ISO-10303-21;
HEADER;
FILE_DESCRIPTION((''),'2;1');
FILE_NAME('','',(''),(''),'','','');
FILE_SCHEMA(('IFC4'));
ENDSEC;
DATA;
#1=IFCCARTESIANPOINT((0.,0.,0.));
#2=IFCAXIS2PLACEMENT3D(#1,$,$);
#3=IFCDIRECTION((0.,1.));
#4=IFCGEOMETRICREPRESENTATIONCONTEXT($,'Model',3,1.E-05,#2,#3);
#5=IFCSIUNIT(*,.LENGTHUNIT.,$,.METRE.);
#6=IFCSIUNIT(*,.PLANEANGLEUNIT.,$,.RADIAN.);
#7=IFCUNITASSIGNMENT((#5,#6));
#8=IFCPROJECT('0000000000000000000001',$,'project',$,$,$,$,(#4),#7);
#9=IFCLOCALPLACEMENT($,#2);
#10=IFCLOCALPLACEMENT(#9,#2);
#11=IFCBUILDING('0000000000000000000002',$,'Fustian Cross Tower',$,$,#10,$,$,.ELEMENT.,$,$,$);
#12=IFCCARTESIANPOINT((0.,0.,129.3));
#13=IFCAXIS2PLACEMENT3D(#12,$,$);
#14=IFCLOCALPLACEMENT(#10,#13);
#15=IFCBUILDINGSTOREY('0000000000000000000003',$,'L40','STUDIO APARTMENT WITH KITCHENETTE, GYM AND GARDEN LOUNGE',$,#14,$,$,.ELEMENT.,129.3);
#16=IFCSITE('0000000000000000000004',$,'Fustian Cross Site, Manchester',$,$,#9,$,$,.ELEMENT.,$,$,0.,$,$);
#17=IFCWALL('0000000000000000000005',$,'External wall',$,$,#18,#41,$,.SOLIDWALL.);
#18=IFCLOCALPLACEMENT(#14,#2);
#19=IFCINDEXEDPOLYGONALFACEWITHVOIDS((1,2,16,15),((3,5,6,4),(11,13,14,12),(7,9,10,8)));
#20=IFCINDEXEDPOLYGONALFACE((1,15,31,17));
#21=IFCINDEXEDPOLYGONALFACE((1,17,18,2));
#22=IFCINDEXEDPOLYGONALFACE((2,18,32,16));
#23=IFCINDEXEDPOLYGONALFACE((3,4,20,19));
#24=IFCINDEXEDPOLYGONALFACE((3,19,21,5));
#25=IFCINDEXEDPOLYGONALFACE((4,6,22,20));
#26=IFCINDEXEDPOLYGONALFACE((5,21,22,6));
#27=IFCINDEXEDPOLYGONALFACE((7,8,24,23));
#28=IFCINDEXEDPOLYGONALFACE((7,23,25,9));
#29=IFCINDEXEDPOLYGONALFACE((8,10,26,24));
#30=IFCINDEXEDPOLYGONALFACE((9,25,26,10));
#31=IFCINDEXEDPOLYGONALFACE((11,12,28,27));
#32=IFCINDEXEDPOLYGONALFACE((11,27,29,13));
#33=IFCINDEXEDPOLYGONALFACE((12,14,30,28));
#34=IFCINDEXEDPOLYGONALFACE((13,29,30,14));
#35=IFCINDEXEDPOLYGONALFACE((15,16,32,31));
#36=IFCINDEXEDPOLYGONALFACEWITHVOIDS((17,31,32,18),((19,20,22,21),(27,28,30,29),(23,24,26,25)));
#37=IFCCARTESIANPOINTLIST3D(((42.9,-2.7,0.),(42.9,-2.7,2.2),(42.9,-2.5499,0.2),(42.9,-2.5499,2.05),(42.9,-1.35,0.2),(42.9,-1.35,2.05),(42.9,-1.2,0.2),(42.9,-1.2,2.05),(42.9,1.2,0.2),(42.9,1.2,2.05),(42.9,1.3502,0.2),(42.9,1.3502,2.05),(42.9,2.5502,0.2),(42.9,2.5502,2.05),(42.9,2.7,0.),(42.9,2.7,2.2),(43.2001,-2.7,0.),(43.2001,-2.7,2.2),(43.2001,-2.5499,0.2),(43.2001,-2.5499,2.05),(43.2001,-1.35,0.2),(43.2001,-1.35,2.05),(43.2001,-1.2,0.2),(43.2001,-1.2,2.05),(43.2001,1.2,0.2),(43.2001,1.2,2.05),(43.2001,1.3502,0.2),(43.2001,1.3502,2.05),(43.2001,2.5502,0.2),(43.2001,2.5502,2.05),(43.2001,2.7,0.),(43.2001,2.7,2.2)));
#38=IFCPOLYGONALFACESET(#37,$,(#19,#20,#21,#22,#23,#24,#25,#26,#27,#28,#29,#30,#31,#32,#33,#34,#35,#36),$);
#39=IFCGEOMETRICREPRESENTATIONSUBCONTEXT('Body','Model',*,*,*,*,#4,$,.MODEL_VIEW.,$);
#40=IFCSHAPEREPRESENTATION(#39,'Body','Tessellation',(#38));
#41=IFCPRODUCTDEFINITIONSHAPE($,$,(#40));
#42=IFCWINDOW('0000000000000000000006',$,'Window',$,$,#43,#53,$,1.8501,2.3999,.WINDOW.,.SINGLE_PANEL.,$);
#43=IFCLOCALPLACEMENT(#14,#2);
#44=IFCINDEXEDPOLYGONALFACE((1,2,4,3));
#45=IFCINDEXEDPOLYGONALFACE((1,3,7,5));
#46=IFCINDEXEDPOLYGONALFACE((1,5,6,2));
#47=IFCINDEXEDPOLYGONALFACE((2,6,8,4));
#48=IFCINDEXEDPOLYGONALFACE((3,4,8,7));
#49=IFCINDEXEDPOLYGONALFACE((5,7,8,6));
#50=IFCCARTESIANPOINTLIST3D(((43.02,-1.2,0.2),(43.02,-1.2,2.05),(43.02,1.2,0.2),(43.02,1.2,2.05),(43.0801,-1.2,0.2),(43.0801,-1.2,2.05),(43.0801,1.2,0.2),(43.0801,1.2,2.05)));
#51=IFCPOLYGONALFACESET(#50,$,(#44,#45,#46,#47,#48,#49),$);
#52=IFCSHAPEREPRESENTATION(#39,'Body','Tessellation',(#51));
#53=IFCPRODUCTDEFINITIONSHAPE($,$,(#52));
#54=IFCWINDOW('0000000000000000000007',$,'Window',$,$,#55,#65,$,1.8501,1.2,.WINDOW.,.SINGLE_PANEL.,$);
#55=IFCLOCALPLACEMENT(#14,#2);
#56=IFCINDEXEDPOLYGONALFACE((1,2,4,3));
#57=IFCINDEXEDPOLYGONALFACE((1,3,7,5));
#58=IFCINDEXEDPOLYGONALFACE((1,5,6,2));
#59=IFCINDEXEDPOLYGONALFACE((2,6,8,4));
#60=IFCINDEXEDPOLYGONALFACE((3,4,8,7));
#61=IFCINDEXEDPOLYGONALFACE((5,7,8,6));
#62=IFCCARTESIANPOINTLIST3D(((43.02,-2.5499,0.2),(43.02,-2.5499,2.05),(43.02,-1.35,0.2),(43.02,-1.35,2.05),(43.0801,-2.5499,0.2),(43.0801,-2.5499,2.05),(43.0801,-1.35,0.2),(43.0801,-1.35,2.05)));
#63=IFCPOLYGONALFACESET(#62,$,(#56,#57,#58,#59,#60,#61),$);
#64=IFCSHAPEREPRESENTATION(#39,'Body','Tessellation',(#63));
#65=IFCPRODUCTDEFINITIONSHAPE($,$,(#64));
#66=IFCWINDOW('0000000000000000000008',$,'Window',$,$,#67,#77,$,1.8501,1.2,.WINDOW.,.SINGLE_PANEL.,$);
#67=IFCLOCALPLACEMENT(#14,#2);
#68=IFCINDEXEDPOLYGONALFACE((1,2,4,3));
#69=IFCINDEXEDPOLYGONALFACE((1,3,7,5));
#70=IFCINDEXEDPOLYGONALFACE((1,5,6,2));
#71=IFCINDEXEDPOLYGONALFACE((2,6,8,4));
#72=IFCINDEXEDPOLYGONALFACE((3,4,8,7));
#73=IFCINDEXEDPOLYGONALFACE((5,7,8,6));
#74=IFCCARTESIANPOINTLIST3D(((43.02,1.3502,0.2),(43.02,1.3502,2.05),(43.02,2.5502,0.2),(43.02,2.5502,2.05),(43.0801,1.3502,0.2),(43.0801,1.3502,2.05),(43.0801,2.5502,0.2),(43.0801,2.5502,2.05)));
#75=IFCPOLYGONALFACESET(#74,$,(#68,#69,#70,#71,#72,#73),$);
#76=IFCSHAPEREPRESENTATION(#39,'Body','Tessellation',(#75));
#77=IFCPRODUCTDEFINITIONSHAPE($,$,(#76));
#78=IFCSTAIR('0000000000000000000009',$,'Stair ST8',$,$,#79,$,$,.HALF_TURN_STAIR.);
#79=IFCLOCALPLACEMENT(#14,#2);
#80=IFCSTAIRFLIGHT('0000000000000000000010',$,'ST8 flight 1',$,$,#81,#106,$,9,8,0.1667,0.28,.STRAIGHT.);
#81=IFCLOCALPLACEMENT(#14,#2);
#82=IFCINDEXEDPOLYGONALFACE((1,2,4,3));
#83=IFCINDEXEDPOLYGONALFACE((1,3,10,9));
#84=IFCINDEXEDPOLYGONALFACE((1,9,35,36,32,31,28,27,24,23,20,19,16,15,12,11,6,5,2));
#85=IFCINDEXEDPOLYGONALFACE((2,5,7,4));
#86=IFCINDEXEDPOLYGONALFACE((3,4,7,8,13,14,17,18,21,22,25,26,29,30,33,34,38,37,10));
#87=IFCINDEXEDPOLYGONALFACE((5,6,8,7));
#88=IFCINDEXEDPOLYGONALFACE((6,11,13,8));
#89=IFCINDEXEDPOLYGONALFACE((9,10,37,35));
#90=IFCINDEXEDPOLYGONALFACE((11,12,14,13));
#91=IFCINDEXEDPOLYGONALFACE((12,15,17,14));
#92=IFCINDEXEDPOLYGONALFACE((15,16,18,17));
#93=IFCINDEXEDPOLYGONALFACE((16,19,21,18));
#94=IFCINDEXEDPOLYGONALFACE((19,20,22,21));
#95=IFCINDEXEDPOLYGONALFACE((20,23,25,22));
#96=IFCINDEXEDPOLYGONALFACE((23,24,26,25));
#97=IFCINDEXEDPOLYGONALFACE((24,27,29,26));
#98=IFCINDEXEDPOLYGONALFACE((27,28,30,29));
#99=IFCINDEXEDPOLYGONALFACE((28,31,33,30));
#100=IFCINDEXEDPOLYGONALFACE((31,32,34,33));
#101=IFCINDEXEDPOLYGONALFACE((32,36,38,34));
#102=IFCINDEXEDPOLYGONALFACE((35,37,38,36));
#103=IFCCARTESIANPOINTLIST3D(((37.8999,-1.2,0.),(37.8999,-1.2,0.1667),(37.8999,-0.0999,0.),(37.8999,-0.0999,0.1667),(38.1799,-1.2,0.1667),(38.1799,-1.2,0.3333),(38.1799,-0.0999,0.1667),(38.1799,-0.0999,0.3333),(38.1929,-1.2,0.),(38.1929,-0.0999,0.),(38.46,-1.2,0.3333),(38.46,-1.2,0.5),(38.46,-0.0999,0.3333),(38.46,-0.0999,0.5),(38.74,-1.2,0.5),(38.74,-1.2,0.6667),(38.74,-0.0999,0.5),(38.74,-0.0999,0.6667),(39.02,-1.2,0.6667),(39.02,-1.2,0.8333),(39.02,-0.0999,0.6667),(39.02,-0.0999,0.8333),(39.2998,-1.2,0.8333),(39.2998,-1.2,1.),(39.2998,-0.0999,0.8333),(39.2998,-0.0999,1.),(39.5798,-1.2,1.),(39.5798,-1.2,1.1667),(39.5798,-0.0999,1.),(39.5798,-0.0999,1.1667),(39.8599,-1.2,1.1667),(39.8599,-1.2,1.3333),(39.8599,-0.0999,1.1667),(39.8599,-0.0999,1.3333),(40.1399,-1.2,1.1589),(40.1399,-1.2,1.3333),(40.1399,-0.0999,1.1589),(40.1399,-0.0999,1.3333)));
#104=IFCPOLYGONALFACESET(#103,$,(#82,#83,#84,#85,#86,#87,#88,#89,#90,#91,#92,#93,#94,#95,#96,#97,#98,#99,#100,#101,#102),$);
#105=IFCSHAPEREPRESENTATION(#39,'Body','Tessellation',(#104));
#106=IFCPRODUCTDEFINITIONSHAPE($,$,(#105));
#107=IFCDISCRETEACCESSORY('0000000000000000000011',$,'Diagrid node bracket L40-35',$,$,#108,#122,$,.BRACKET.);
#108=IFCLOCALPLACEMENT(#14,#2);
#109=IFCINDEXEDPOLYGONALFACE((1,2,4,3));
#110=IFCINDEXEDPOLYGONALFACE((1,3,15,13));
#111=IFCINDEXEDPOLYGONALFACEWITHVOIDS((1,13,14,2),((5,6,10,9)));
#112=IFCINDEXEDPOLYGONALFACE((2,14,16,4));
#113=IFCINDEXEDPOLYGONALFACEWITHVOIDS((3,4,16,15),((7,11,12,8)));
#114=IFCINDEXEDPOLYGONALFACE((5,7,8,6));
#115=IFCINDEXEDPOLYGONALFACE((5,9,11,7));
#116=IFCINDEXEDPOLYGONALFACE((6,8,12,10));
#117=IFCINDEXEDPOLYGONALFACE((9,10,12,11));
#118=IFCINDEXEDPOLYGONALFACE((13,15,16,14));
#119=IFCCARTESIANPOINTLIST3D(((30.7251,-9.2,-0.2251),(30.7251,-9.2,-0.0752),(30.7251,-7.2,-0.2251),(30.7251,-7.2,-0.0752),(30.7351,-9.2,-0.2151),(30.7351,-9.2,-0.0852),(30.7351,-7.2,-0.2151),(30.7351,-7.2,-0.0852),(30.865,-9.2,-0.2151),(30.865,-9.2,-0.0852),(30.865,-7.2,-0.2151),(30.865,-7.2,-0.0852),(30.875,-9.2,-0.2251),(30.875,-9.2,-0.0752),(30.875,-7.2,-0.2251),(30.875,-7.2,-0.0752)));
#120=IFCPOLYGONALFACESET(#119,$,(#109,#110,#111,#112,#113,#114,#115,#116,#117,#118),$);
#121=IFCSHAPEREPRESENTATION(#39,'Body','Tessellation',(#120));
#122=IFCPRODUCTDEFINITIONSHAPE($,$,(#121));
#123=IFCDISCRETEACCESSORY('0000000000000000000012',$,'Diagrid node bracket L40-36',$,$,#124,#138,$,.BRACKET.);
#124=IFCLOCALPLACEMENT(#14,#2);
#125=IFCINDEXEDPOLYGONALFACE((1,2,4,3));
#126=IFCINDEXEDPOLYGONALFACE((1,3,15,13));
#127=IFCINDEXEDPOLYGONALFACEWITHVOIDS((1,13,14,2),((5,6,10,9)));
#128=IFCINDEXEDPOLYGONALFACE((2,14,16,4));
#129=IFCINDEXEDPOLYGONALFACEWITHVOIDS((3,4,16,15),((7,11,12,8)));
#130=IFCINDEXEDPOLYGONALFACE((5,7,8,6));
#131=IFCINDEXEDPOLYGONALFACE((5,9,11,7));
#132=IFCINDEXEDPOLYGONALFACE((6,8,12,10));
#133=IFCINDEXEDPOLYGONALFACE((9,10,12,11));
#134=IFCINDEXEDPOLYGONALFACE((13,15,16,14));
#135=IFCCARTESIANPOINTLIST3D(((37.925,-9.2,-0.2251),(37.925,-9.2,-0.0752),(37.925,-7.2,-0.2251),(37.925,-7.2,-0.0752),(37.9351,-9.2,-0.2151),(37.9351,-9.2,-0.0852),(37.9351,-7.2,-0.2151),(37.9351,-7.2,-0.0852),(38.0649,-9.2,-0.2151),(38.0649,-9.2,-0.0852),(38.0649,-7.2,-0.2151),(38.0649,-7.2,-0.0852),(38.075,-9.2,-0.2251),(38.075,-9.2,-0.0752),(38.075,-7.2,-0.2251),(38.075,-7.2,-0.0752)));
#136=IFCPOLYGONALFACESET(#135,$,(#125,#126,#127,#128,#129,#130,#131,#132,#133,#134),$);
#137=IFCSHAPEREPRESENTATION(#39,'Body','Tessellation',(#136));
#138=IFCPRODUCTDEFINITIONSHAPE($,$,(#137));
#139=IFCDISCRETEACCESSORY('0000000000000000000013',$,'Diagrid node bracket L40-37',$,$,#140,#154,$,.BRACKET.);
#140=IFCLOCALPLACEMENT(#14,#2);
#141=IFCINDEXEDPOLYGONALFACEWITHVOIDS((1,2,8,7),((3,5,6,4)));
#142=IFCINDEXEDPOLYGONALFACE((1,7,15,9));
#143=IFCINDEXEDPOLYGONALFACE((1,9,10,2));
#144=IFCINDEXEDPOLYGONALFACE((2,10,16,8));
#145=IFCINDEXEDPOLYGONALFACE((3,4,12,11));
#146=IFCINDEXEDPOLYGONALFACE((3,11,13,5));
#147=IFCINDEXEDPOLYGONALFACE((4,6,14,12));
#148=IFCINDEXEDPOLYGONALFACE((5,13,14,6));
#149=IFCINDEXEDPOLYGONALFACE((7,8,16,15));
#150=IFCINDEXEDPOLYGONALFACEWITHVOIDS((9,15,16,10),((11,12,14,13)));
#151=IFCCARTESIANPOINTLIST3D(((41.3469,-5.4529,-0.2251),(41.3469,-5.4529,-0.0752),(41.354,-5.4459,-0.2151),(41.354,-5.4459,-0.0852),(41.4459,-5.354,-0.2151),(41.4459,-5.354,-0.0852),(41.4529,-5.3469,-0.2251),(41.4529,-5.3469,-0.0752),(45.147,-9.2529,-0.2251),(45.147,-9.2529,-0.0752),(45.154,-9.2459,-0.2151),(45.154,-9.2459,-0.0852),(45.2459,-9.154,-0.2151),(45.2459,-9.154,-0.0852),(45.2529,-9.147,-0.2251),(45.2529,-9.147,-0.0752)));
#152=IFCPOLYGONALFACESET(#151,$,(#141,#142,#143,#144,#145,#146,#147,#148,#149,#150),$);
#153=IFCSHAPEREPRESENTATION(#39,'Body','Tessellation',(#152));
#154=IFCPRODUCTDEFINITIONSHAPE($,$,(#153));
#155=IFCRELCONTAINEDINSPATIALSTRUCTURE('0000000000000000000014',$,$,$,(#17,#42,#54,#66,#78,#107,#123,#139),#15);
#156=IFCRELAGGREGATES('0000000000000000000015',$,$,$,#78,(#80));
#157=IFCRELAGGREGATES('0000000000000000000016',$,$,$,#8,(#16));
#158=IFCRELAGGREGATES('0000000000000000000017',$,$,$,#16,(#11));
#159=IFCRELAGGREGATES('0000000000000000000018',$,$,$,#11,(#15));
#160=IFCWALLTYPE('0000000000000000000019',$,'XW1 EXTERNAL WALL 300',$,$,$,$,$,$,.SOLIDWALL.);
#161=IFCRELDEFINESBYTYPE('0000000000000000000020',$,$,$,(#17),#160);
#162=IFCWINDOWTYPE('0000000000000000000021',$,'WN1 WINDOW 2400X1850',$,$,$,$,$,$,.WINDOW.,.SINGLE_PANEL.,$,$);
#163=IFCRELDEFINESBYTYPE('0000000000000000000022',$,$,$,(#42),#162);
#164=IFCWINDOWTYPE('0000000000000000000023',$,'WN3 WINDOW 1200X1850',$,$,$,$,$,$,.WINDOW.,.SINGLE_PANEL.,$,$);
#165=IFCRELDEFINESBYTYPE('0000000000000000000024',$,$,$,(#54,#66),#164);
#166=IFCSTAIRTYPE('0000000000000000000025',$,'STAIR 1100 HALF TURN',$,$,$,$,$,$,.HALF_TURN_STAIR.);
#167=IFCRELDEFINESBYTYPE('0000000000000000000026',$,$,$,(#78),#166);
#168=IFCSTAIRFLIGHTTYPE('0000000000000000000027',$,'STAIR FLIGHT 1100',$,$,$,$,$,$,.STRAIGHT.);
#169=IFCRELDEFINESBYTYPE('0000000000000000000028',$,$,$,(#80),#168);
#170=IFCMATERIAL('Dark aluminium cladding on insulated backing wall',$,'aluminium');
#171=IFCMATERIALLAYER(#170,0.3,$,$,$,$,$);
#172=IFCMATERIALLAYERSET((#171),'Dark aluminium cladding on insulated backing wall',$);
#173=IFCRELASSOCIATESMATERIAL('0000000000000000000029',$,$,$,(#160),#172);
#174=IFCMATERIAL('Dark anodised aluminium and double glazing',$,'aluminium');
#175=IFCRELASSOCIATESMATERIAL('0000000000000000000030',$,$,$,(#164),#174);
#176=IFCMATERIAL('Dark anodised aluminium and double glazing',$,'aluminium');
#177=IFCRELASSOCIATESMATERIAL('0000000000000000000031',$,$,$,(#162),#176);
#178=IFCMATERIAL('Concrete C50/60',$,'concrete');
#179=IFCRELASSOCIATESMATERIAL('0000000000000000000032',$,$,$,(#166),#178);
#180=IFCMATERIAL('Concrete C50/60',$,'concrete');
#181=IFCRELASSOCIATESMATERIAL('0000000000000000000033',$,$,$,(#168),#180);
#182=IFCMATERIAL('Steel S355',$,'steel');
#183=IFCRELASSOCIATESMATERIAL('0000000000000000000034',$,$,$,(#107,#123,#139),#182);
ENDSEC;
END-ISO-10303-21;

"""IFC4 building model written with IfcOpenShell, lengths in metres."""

from ifc_helpers import new_model, si_unit, direction, frame, frame_2d, origin, origin_2d, place, context, subcontext, project, spatial, polyline, rectangle, hollow_rectangle, outline, extrude, material, layer, layer_set, type_object, element, fill, aggregate, save


model = new_model("IFC4")

# Units and contexts
model_context = context("Model", 3, precision=1e-05, world=origin(), true_north=direction((0.0, 1.0)))
body_context = subcontext(model_context, "Body", "Model", "MODEL_VIEW")
ifc_project = project(units=[si_unit("LENGTHUNIT", "METRE"), si_unit("PLANEANGLEUNIT", "RADIAN")], contexts=[model_context])

# Site, building, storey
site_placement = place(None, origin())
site = spatial("IfcSite", under=ifc_project, at=site_placement, Name="Fustian Cross Site, Manchester", CompositionType="ELEMENT", RefElevation=0.0)
building_placement = place(site_placement, origin())
building = spatial("IfcBuilding", under=site, at=building_placement, Name="Fustian Cross Tower", CompositionType="ELEMENT")
storey_placement = place(building_placement, frame((0.0, 0.0, 129.3)))
storey = spatial("IfcBuildingStorey", under=building, at=storey_placement, Name="L40", Description="STUDIO APARTMENT WITH KITCHENETTE, GYM AND GARDEN LOUNGE", CompositionType="ELEMENT", Elevation=129.3)

# Shared definitions
ifc_material_1 = material(Name="Dark aluminium cladding on insulated backing wall", Category="aluminium")
ifc_layer_1 = layer(ifc_material_1, 0.3)
ifc_layer_set_1 = layer_set([ifc_layer_1], Name="Dark aluminium cladding on insulated backing wall")
wall_type_1 = type_object("IfcWallType", Name="XW1 EXTERNAL WALL 300", PredefinedType="SOLIDWALL", material=ifc_layer_set_1)
ifc_material_2 = material(Name="Dark anodised aluminium and double glazing", Category="aluminium")
window_type_1 = type_object("IfcWindowType", Name="WN3 WINDOW 1200X1850", PartitioningType="SINGLE_PANEL", PredefinedType="WINDOW", material=ifc_material_2)

# Wall, openings, windows
wall_1_placement = place(storey_placement, frame((43.05, -2.7, 0.0), z_axis=(0.0, 0.0, 1.0), x_axis=(0.0, 1.0, 0.0)))
wall_1 = element("IfcWall", 1, at=wall_1_placement, inside=storey, type_object=wall_type_1, Name="External wall", PredefinedType="SOLIDWALL", context=body_context, shape_type="SweptSolid", body=[
    extrude(rectangle(XDim=5.3999, YDim=0.3, at=frame_2d((2.7, 0.0))), origin(), (0.0, 0.0, 1.0), 2.2),
])
opening_1_placement = place(wall_1_placement, frame((1.5, 0.0, 0.2)))
opening_1 = element("IfcOpeningElement", 2, at=opening_1_placement, cuts=wall_1, PredefinedType="OPENING", context=body_context, shape_type="SweptSolid", body=[
    extrude(rectangle(XDim=2.3999, YDim=1.8501, at=frame_2d((1.2, 0.925))), frame((0.0, 0.1599, 0.0), z_axis=(0.0, -1.0, 0.0), x_axis=(1.0, 0.0, 0.0)), (0.0, 0.0, 1.0), 0.3201),
])
opening_2_placement = place(wall_1_placement, frame((0.1499, 0.0, 0.2)))
opening_2 = element("IfcOpeningElement", 3, at=opening_2_placement, cuts=wall_1, PredefinedType="OPENING", context=body_context, shape_type="SweptSolid", body=[
    extrude(rectangle(XDim=1.2, YDim=1.8501, at=frame_2d((0.6001, 0.925))), frame((0.0, 0.1599, 0.0), z_axis=(0.0, -1.0, 0.0), x_axis=(1.0, 0.0, 0.0)), (0.0, 0.0, 1.0), 0.3201),
])
opening_3_placement = place(wall_1_placement, frame((4.05, 0.0, 0.2)))
opening_3 = element("IfcOpeningElement", 4, at=opening_3_placement, cuts=wall_1, PredefinedType="OPENING", context=body_context, shape_type="SweptSolid", body=[
    extrude(rectangle(XDim=1.2, YDim=1.8501, at=frame_2d((0.6001, 0.925))), frame((0.0, 0.1599, 0.0), z_axis=(0.0, -1.0, 0.0), x_axis=(1.0, 0.0, 0.0)), (0.0, 0.0, 1.0), 0.3201),
])
ifc_material_3 = material(Name="Dark anodised aluminium and double glazing", Category="aluminium")
window_type_2 = type_object("IfcWindowType", Name="WN1 WINDOW 2400X1850", PartitioningType="SINGLE_PANEL", PredefinedType="WINDOW", material=ifc_material_3)
window_1_placement = place(opening_1_placement, origin())
window_1 = element("IfcWindow", 5, at=window_1_placement, inside=storey, type_object=window_type_2, Name="Window", OverallHeight=1.8501, OverallWidth=2.3999, PartitioningType="SINGLE_PANEL", PredefinedType="WINDOW", context=body_context, shape_type="SweptSolid", body=[
    extrude(rectangle(XDim=2.3999, YDim=1.8501, at=frame_2d((1.2, 0.925))), frame((0.0, 0.03, 0.0), z_axis=(0.0, -1.0, 0.0), x_axis=(1.0, 0.0, 0.0)), (0.0, 0.0, 1.0), 0.0601),
])
fill(opening_1, window_1)
window_2_placement = place(opening_2_placement, origin())
window_2 = element("IfcWindow", 6, at=window_2_placement, inside=storey, type_object=window_type_1, Name="Window", OverallHeight=1.8501, OverallWidth=1.2, PartitioningType="SINGLE_PANEL", PredefinedType="WINDOW", context=body_context, shape_type="SweptSolid", body=[
    extrude(rectangle(XDim=1.2, YDim=1.8501, at=frame_2d((0.6001, 0.925))), frame((0.0, 0.03, 0.0), z_axis=(0.0, -1.0, 0.0), x_axis=(1.0, 0.0, 0.0)), (0.0, 0.0, 1.0), 0.0601),
])
fill(opening_2, window_2)
window_3_placement = place(opening_3_placement, origin())
window_3 = element("IfcWindow", 7, at=window_3_placement, inside=storey, type_object=window_type_1, Name="Window", OverallHeight=1.8501, OverallWidth=1.2, PartitioningType="SINGLE_PANEL", PredefinedType="WINDOW", context=body_context, shape_type="SweptSolid", body=[
    extrude(rectangle(XDim=1.2, YDim=1.8501, at=frame_2d((0.6001, 0.925))), frame((0.0, 0.03, 0.0), z_axis=(0.0, -1.0, 0.0), x_axis=(1.0, 0.0, 0.0)), (0.0, 0.0, 1.0), 0.0601),
])
fill(opening_3, window_3)

# Stair, stair flight
ifc_material_4 = material(Name="Concrete C50/60", Category="concrete")
stair_type = type_object("IfcStairType", Name="STAIR 1100 HALF TURN", PredefinedType="HALF_TURN_STAIR", material=ifc_material_4)
stair_placement = place(storey_placement, origin())
stair = element("IfcStair", 8, at=stair_placement, inside=storey, type_object=stair_type, Name="Stair ST8", PredefinedType="HALF_TURN_STAIR")
ifc_material_5 = material(Name="Concrete C50/60", Category="concrete")
stair_flight_type = type_object("IfcStairFlightType", Name="STAIR FLIGHT 1100", PredefinedType="STRAIGHT", material=ifc_material_5)
stair_flight_placement = place(storey_placement, frame((37.8999, -0.6499, 0.0), z_axis=(0.0, 0.0, 1.0), x_axis=(1.0, 0.0, 0.0)))
stair_flight = element("IfcStairFlight", 9, at=stair_flight_placement, type_object=stair_flight_type, Name="ST8 flight 1", NumberOfRisers=9, NumberOfTreads=8, PredefinedType="STRAIGHT", RiserHeight=0.1667, TreadLength=0.28, context=body_context, shape_type="SweptSolid", body=[
    extrude(outline(polyline([(0.0, 0.0), (0.0, 0.1667), (0.28, 0.1667), (0.28, 0.3333), (0.5601, 0.3333), (0.5601, 0.5), (0.8401, 0.5), (0.8401, 0.6667), (1.1201, 0.6667), (1.1201, 0.8333), (1.3999, 0.8333), (1.3999, 1.0), (1.6799, 1.0), (1.6799, 1.1667), (1.96, 1.1667), (1.96, 1.3333), (2.24, 1.3333), (2.24, 1.5), (2.24, 1.1589), (0.293, 0.0), (0.0, 0.0)])), frame((0.0, 0.55, 0.0), z_axis=(0.0, -1.0, 0.0), x_axis=(1.0, 0.0, 0.0)), (0.0, 0.0, 1.0), 1.1001),
])
aggregate(stair, [stair_flight])

# Discrete accessories
ifc_material_6 = material(Name="Steel S355", Category="steel")
for number, where, z_axis, x_axis, name in (
    (10, (30.8, -9.2, -0.1501), (0.0, 1.0, 0.0), (-1.0, 0.0, 0.0), "Diagrid node bracket L40-35"),
    (11, (38.0, -9.2, -0.1501), (0.0, 1.0, 0.0), (-1.0, 0.0, 0.0), "Diagrid node bracket L40-36"),
):
    element("IfcDiscreteAccessory", number, at=place(storey_placement, frame(where, z_axis=z_axis, x_axis=x_axis)), inside=storey, material=ifc_material_6, Name=name, PredefinedType="BRACKET", context=body_context, shape_type="SweptSolid", body=[
        extrude(hollow_rectangle(XDim=0.1499, YDim=0.1499, WallThickness=0.01, at=origin_2d()), origin(), (0.0, 0.0, 1.0), 2.0),
    ])
discrete_accessory_placement = place(storey_placement, frame((45.2, -9.2, -0.1501), z_axis=(-0.707107, 0.707107, 0.0), x_axis=(-0.707107, -0.707107, 0.0)))
element("IfcDiscreteAccessory", 12, at=discrete_accessory_placement, inside=storey, material=ifc_material_6, Name="Diagrid node bracket L40-37", PredefinedType="BRACKET", context=body_context, shape_type="SweptSolid", body=[
    extrude(hollow_rectangle(XDim=0.1499, YDim=0.1499, WallThickness=0.01, at=origin_2d()), origin(), (0.0, 0.0, 1.0), 5.374),
])

save(model, "model.ifc")
